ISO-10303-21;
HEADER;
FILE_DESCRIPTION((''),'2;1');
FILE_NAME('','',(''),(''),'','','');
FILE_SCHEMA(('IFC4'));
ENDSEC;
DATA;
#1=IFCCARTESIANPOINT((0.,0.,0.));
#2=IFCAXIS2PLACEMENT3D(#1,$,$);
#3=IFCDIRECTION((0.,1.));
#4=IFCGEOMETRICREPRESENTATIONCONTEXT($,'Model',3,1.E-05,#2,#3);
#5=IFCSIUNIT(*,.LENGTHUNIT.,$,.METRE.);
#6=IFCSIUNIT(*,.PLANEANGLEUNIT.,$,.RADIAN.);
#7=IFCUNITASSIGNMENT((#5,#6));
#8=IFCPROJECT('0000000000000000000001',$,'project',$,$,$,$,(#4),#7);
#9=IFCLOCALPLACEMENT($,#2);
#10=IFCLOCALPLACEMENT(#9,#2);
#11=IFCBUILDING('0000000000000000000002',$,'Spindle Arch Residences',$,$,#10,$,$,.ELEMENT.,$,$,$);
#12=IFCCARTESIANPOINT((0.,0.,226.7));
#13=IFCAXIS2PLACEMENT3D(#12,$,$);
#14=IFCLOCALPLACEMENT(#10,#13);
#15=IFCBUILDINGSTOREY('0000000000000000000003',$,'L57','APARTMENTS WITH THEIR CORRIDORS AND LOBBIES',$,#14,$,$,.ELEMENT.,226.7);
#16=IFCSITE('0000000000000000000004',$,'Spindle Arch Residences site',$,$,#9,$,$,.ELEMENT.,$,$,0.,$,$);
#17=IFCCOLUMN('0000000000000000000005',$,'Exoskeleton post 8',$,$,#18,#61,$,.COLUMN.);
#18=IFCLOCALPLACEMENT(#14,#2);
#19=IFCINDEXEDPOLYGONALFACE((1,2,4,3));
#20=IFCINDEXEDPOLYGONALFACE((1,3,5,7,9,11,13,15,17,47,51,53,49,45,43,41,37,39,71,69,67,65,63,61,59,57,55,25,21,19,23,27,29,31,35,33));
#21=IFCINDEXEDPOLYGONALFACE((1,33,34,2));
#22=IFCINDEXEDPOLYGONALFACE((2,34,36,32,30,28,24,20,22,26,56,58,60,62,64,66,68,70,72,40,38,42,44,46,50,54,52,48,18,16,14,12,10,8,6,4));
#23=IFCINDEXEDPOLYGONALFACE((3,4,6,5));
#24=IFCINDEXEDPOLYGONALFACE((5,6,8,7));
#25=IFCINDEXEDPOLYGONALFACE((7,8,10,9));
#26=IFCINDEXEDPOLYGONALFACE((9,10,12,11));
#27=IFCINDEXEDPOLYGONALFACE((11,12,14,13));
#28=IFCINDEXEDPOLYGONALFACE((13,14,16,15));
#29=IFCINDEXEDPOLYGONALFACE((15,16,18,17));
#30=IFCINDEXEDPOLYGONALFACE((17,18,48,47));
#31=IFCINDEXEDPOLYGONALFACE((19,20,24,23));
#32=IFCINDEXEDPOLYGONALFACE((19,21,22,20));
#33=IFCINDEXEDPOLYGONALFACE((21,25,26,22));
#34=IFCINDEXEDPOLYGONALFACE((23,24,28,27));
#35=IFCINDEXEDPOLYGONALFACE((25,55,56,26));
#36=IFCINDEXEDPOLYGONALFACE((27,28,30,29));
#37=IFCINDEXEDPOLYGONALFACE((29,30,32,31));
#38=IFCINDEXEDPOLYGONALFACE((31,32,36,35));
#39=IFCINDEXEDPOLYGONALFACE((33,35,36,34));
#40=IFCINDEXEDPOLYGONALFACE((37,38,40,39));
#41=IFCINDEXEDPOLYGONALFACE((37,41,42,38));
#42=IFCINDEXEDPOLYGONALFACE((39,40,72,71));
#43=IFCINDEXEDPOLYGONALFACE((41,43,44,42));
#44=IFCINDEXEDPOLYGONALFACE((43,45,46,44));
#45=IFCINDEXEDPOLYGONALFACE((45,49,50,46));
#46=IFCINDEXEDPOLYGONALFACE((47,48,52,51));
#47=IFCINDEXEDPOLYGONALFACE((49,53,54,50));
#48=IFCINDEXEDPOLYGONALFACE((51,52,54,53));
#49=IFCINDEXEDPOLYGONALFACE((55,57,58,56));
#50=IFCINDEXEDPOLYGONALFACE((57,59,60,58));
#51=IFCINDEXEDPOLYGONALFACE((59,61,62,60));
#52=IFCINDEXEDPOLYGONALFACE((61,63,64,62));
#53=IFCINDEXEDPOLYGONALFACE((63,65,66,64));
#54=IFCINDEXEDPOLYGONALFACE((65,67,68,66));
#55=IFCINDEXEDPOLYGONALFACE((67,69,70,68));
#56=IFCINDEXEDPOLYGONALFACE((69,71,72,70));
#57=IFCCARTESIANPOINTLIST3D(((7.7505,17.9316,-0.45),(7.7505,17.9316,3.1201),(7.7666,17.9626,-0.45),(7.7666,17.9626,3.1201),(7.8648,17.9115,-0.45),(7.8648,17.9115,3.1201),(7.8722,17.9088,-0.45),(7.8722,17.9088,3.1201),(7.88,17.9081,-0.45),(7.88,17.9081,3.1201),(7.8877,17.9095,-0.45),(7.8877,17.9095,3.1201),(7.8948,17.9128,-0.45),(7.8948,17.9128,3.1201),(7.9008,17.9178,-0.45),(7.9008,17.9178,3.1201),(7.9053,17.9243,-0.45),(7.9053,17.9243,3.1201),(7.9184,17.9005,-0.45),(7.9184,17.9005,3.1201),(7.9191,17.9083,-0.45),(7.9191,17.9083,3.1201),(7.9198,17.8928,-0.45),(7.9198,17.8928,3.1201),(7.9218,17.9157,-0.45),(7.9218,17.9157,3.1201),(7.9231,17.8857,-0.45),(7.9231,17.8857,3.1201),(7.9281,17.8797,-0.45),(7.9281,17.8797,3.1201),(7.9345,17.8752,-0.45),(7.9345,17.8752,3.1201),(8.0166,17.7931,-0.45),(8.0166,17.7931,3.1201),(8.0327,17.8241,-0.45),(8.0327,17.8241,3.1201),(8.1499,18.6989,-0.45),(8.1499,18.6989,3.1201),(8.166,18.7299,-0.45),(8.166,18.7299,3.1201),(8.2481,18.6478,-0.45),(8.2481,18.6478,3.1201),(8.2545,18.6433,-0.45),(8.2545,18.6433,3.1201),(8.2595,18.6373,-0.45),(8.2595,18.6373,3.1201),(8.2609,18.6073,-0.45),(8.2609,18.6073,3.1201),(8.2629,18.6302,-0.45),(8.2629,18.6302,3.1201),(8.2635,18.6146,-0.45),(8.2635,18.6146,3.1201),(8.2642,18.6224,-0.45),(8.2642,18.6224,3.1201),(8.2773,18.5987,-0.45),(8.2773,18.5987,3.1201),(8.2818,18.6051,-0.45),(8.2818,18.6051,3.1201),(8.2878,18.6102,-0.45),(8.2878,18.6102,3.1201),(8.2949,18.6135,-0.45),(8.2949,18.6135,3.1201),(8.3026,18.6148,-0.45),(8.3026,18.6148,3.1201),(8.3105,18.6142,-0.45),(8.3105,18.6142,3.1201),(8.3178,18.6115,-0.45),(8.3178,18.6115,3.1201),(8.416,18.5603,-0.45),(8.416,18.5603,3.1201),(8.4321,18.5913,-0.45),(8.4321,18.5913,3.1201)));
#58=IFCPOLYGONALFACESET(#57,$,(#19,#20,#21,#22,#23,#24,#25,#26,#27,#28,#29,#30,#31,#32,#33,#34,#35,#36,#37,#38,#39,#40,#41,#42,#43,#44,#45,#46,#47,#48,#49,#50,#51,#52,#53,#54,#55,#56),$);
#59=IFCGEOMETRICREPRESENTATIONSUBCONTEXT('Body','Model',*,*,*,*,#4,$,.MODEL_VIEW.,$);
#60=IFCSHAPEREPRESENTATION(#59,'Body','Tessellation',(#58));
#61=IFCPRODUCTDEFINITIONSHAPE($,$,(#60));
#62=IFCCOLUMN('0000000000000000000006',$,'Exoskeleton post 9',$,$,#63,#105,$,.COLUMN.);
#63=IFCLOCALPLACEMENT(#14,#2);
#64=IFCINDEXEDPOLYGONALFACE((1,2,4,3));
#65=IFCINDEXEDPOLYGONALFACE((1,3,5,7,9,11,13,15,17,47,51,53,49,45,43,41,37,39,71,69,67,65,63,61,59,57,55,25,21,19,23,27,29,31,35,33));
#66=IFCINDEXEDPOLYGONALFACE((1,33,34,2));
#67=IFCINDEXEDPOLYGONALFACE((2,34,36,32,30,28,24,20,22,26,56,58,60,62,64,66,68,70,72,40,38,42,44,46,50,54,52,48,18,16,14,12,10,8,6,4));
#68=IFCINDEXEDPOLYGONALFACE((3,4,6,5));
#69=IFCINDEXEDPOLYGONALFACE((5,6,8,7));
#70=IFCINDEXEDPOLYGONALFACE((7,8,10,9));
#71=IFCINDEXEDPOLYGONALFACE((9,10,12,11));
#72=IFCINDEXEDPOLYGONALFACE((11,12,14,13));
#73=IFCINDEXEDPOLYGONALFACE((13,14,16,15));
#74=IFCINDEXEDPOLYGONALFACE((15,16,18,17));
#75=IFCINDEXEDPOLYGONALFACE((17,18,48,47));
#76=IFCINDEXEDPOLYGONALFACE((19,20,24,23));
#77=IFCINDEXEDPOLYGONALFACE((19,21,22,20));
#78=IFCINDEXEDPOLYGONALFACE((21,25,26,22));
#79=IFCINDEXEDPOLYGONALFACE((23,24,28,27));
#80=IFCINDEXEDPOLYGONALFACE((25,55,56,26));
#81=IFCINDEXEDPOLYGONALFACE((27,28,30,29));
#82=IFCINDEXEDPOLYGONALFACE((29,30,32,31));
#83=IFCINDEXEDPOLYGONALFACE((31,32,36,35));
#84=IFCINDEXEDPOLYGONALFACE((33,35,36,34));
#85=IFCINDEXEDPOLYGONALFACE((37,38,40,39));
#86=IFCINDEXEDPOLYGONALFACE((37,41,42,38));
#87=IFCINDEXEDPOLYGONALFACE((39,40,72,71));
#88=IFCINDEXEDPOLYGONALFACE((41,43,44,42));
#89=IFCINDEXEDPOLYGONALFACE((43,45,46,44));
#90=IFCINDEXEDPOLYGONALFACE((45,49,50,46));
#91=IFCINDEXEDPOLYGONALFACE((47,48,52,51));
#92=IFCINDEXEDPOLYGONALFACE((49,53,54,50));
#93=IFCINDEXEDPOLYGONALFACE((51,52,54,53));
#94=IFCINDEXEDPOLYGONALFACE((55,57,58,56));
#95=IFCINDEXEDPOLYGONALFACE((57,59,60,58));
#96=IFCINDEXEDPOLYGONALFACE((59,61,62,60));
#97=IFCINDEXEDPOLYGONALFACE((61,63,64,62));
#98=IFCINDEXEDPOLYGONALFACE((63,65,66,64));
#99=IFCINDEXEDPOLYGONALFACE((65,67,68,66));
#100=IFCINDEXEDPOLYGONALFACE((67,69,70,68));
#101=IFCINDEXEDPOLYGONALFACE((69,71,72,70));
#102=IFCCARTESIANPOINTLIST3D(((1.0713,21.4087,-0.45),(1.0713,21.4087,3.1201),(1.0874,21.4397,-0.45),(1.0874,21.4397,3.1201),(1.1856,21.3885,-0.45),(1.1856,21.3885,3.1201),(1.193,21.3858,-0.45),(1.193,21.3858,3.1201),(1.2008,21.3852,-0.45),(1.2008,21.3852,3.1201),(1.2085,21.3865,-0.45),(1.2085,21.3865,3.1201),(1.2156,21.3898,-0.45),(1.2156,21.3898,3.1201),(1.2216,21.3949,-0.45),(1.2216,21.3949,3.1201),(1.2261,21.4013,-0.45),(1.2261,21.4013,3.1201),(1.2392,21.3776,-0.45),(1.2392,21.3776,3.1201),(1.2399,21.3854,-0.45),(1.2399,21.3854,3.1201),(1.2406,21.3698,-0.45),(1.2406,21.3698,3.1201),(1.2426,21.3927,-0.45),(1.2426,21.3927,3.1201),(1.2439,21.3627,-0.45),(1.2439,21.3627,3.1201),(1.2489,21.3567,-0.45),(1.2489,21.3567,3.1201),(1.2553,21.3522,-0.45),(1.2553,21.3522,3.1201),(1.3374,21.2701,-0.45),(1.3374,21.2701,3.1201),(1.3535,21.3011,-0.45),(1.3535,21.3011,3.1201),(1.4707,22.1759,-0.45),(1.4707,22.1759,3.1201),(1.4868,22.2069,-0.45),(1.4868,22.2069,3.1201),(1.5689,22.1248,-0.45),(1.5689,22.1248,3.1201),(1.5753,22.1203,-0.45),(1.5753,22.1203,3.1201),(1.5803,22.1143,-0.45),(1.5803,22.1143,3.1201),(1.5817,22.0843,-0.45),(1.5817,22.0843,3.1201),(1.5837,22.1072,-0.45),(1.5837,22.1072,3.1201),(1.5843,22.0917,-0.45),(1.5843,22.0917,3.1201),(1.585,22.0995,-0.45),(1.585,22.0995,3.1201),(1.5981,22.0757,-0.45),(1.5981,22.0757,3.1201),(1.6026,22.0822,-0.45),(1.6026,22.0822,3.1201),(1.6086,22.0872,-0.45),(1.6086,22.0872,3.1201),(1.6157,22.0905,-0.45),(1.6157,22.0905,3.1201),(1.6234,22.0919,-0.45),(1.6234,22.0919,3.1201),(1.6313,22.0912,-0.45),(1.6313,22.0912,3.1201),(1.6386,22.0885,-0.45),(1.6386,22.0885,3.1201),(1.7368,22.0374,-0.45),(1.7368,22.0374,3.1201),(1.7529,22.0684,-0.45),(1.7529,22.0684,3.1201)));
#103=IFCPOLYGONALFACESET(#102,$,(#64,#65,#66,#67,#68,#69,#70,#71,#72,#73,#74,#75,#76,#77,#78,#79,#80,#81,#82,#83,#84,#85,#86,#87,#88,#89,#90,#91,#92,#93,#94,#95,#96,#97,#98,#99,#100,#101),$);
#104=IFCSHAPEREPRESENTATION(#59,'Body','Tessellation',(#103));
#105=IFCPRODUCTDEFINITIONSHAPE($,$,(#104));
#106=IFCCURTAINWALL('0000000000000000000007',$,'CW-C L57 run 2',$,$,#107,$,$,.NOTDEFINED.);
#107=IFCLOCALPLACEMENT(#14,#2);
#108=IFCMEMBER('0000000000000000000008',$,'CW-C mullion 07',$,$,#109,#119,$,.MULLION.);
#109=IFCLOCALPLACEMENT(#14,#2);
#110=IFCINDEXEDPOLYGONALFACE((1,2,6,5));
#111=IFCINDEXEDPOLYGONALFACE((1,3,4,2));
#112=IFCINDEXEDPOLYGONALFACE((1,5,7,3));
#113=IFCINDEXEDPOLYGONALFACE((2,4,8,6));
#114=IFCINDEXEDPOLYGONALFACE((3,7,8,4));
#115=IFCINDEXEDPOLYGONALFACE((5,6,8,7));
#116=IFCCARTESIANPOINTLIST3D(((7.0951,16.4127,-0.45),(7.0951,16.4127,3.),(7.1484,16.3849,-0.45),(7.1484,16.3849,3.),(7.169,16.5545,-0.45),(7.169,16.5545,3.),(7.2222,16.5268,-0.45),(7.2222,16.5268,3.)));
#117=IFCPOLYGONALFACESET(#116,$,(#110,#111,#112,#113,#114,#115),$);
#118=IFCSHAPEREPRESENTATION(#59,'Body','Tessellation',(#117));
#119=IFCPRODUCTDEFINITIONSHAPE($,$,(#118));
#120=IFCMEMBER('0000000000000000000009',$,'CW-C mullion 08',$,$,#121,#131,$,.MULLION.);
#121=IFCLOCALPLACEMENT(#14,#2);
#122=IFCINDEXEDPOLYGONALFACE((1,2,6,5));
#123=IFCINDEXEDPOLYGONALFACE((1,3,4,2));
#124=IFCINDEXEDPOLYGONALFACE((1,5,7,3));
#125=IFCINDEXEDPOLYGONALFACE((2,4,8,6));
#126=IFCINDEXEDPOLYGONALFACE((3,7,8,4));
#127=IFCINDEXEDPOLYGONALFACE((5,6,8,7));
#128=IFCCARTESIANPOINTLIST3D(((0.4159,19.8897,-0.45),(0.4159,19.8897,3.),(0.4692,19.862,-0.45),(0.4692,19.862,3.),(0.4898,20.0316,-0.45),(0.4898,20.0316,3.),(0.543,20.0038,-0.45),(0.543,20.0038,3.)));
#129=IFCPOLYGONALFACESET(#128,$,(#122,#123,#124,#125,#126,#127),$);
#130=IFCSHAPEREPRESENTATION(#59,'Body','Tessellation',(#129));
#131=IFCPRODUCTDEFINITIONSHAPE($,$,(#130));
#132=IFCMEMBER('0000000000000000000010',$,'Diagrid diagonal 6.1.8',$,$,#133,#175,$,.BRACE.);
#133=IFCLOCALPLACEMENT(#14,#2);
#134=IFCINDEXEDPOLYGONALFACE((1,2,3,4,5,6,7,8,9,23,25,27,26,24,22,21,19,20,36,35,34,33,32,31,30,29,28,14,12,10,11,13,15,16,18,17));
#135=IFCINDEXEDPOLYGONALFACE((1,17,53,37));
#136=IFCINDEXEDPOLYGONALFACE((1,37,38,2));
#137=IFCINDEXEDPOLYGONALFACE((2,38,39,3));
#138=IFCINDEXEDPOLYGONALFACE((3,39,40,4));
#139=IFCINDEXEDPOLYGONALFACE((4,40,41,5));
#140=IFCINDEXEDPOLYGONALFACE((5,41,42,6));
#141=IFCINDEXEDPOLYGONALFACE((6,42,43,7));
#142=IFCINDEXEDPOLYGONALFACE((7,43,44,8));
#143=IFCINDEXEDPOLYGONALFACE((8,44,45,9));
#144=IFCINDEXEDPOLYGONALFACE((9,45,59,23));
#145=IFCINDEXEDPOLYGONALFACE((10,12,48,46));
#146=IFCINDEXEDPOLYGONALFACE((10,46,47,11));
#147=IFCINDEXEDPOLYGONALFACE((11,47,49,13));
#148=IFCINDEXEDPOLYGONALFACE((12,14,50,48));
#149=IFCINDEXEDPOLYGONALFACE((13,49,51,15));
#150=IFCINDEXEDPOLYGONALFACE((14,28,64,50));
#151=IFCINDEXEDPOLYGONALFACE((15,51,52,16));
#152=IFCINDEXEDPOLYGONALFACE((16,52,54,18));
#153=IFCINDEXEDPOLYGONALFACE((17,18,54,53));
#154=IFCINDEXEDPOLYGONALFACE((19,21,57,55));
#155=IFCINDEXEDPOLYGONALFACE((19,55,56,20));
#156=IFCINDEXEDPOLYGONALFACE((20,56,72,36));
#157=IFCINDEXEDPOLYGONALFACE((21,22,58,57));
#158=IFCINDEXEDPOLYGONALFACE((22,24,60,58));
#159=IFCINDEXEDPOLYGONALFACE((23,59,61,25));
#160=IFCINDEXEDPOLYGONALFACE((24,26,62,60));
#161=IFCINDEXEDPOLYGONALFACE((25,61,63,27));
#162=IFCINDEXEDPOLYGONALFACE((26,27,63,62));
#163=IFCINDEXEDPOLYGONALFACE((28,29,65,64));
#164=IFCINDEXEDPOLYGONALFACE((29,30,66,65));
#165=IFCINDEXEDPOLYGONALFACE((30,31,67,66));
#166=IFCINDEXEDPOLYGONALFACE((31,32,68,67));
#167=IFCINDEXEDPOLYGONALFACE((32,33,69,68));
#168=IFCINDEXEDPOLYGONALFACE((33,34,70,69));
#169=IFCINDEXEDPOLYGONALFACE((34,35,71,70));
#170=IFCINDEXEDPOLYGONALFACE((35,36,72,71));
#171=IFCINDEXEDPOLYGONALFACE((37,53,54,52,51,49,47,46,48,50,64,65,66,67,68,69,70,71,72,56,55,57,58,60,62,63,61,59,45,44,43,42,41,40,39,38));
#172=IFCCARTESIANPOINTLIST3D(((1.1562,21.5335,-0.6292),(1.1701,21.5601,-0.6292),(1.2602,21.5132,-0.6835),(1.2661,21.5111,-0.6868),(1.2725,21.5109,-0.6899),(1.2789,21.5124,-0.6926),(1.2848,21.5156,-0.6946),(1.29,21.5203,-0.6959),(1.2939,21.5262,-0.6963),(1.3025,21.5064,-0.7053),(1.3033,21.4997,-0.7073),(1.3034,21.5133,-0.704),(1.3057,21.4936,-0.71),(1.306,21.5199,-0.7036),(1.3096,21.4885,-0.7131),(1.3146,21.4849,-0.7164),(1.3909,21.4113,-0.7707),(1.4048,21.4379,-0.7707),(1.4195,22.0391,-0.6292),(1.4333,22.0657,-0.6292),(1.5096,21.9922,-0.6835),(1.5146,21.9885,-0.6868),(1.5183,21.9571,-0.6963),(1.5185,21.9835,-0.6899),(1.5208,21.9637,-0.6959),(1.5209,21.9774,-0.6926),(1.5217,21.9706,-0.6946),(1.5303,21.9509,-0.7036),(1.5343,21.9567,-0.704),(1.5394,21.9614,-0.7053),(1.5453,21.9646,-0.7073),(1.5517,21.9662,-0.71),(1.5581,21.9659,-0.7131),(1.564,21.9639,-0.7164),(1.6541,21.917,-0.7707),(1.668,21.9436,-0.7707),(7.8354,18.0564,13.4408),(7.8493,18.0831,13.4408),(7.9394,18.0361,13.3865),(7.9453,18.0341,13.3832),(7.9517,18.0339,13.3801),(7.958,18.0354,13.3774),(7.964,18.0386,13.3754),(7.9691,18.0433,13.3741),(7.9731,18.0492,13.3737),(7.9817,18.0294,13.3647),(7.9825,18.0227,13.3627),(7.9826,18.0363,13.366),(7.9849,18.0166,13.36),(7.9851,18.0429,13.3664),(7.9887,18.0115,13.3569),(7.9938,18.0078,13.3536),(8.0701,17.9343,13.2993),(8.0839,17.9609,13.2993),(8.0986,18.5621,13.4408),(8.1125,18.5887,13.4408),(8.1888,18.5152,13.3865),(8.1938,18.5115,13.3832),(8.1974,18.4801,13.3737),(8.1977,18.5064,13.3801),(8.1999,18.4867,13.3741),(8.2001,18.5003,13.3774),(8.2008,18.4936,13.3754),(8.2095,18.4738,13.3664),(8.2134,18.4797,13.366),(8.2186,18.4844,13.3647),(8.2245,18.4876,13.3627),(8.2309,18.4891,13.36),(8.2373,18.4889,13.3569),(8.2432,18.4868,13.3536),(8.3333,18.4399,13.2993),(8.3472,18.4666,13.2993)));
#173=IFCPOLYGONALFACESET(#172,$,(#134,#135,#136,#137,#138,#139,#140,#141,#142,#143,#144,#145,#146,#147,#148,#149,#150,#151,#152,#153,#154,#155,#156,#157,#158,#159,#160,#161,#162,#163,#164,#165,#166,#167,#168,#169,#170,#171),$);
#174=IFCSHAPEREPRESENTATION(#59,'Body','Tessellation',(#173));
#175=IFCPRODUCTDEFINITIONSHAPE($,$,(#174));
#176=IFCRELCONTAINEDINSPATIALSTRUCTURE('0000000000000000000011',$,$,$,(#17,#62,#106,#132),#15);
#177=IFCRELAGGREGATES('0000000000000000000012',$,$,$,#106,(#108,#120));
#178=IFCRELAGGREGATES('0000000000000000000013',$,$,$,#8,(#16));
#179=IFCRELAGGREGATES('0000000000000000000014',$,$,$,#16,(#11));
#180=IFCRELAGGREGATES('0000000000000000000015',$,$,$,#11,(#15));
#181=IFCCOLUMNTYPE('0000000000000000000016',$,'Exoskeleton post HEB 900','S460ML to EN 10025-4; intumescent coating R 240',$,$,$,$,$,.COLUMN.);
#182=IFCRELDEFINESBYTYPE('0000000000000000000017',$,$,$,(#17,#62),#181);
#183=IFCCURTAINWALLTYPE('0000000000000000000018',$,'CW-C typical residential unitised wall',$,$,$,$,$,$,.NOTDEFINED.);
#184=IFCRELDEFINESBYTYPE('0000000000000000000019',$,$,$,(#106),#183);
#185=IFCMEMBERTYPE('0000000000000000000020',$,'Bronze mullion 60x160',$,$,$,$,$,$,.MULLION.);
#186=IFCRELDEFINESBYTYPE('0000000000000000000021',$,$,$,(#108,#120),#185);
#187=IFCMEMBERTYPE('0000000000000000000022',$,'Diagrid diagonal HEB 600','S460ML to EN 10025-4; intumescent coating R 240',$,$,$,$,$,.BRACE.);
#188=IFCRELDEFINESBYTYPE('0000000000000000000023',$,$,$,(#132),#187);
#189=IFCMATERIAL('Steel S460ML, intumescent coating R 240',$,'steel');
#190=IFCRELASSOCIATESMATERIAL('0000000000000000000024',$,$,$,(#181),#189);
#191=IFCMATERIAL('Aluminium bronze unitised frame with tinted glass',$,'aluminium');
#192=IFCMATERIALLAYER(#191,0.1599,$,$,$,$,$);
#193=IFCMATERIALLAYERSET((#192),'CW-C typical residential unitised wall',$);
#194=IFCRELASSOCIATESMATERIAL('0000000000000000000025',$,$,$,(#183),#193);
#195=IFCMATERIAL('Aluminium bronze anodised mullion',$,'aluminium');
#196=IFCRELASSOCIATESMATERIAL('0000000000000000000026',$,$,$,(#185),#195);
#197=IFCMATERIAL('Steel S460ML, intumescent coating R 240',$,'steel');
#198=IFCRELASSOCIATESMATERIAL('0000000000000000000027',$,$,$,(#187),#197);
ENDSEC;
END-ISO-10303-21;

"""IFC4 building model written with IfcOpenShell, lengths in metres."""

from ifc_helpers import new_model, si_unit, direction, frame, origin, origin_2d, place, context, subcontext, project, spatial, rectangle, i_section, extrude, material, layer, layer_set, material_profile, profile_set, type_object, element, aggregate, save


model = new_model("IFC4")

# Units and contexts
model_context = context("Model", 3, precision=1e-05, world=origin(), true_north=direction((0.0, 1.0)))
body_context = subcontext(model_context, "Body", "Model", "MODEL_VIEW")
ifc_project = project(units=[si_unit("LENGTHUNIT", "METRE"), si_unit("PLANEANGLEUNIT", "RADIAN")], contexts=[model_context])

# Site, building, storey
site_placement = place(None, origin())
site = spatial("IfcSite", under=ifc_project, at=site_placement, Name="Spindle Arch Residences site", CompositionType="ELEMENT", RefElevation=0.0)
building_placement = place(site_placement, origin())
building = spatial("IfcBuilding", under=site, at=building_placement, Name="Spindle Arch Residences", CompositionType="ELEMENT")
storey_placement = place(building_placement, frame((0.0, 0.0, 226.7)))
storey = spatial("IfcBuildingStorey", under=building, at=storey_placement, Name="L57", Description="APARTMENTS WITH THEIR CORRIDORS AND LOBBIES", CompositionType="ELEMENT", Elevation=226.7)

# Columns
ifc_material_1 = material(Name="Steel S460ML, intumescent coating R 240", Category="steel")
ifc_material_profile_1 = material_profile(ifc_material_1, i_section(OverallWidth=0.3, OverallDepth=0.8999, WebThickness=0.0186, FlangeThickness=0.0349, FilletRadius=0.03, at=origin_2d()), Name="HEB 900")
ifc_profile_set_1 = profile_set([ifc_material_profile_1], Name="Steel S460ML, intumescent coating R 240")
column_type = type_object("IfcColumnType", Name="Exoskeleton post HEB 900", Description="S460ML to EN 10025-4; intumescent coating R 240", PredefinedType="COLUMN", material=ifc_profile_set_1)
for number, where, z_axis, x_axis, name in (
    (1, (8.0913, 18.2615, -0.45), (0.0, 0.0, 1.0), (0.887011, -0.461749, 0.0), "Exoskeleton post 8"),
    (2, (1.4121, 21.7385, -0.45), (0.0, 0.0, 1.0), (0.887011, -0.461749, 0.0), "Exoskeleton post 9"),
):
    element("IfcColumn", number, at=place(storey_placement, frame(where, z_axis=z_axis, x_axis=x_axis)), inside=storey, type_object=column_type, Name=name, PredefinedType="COLUMN", context=body_context, shape_type="SweptSolid", body=[
        extrude(i_section(OverallWidth=0.3, OverallDepth=0.8999, WebThickness=0.0186, FlangeThickness=0.0349, FilletRadius=0.03, at=origin_2d()), origin(), (0.0, 0.0, 1.0), 3.5701),
    ])

# Curtain wall, members
ifc_material_2 = material(Name="Aluminium bronze unitised frame with tinted glass", Category="aluminium")
ifc_layer_1 = layer(ifc_material_2, 0.1599)
ifc_layer_set_1 = layer_set([ifc_layer_1], Name="CW-C typical residential unitised wall")
curtain_wall_type = type_object("IfcCurtainWallType", Name="CW-C typical residential unitised wall", PredefinedType="NOTDEFINED", material=ifc_layer_set_1)
curtain_wall_placement = place(storey_placement, origin())
curtain_wall = element("IfcCurtainWall", 3, at=curtain_wall_placement, inside=storey, type_object=curtain_wall_type, Name="CW-C L57 run 2", PredefinedType="NOTDEFINED")
ifc_material_3 = material(Name="Aluminium bronze anodised mullion", Category="aluminium")
ifc_material_profile_2 = material_profile(ifc_material_3, rectangle(XDim=0.1599, YDim=0.0601, at=origin_2d()), Name="MU 60x160")
ifc_profile_set_2 = profile_set([ifc_material_profile_2], Name="Aluminium bronze anodised mullion")
member_type_1 = type_object("IfcMemberType", Name="Bronze mullion 60x160", PredefinedType="MULLION", material=ifc_profile_set_2)
member_1_placement = place(storey_placement, frame((7.1587, 16.4697, -0.45), z_axis=(0.0, 0.0, 1.0), x_axis=(-0.461749, -0.887011, 0.0)))
member_1 = element("IfcMember", 4, at=member_1_placement, type_object=member_type_1, Name="CW-C mullion 07", PredefinedType="MULLION", context=body_context, shape_type="SweptSolid", body=[
    extrude(rectangle(XDim=0.1599, YDim=0.0601, at=origin_2d()), origin(), (0.0, 0.0, 1.0), 3.45),
])
member_2_placement = place(storey_placement, frame((0.4795, 19.9468, -0.45), z_axis=(0.0, 0.0, 1.0), x_axis=(-0.461749, -0.887011, 0.0)))
member_2 = element("IfcMember", 5, at=member_2_placement, type_object=member_type_1, Name="CW-C mullion 08", PredefinedType="MULLION", context=body_context, shape_type="SweptSolid", body=[
    extrude(rectangle(XDim=0.1599, YDim=0.0601, at=origin_2d()), origin(), (0.0, 0.0, 1.0), 3.45),
])

# Member
ifc_material_4 = material(Name="Steel S460ML, intumescent coating R 240", Category="steel")
ifc_material_profile_3 = material_profile(ifc_material_4, i_section(OverallWidth=0.3, OverallDepth=0.6001, WebThickness=0.0154, FlangeThickness=0.03, FilletRadius=0.0271, at=origin_2d()), Name="HEB 600")
ifc_profile_set_3 = profile_set([ifc_material_profile_3], Name="Steel S460ML, intumescent coating R 240")
member_type_2 = type_object("IfcMemberType", Name="Diagrid diagonal HEB 600", Description="S460ML to EN 10025-4; intumescent coating R 240", PredefinedType="BRACE", material=ifc_profile_set_3)
for number, where, z_axis, x_axis, name in (
    (6, (1.4121, 21.7385, -0.7), (0.41854, -0.217883, 0.881675), (-0.782052, 0.40712, 0.471857), "Diagrid diagonal 6.1.8"),
):
    element("IfcMember", number, at=place(storey_placement, frame(where, z_axis=z_axis, x_axis=x_axis)), inside=storey, type_object=member_type_2, Name=name, PredefinedType="BRACE", context=body_context, shape_type="SweptSolid", body=[
        extrude(i_section(OverallWidth=0.3, OverallDepth=0.6001, WebThickness=0.0154, FlangeThickness=0.03, FilletRadius=0.0271, at=origin_2d()), origin(), (0.0, 0.0, 1.0), 15.9583),
    ])

aggregate(curtain_wall, [member_1, member_2])

save(model, "model.ifc")
